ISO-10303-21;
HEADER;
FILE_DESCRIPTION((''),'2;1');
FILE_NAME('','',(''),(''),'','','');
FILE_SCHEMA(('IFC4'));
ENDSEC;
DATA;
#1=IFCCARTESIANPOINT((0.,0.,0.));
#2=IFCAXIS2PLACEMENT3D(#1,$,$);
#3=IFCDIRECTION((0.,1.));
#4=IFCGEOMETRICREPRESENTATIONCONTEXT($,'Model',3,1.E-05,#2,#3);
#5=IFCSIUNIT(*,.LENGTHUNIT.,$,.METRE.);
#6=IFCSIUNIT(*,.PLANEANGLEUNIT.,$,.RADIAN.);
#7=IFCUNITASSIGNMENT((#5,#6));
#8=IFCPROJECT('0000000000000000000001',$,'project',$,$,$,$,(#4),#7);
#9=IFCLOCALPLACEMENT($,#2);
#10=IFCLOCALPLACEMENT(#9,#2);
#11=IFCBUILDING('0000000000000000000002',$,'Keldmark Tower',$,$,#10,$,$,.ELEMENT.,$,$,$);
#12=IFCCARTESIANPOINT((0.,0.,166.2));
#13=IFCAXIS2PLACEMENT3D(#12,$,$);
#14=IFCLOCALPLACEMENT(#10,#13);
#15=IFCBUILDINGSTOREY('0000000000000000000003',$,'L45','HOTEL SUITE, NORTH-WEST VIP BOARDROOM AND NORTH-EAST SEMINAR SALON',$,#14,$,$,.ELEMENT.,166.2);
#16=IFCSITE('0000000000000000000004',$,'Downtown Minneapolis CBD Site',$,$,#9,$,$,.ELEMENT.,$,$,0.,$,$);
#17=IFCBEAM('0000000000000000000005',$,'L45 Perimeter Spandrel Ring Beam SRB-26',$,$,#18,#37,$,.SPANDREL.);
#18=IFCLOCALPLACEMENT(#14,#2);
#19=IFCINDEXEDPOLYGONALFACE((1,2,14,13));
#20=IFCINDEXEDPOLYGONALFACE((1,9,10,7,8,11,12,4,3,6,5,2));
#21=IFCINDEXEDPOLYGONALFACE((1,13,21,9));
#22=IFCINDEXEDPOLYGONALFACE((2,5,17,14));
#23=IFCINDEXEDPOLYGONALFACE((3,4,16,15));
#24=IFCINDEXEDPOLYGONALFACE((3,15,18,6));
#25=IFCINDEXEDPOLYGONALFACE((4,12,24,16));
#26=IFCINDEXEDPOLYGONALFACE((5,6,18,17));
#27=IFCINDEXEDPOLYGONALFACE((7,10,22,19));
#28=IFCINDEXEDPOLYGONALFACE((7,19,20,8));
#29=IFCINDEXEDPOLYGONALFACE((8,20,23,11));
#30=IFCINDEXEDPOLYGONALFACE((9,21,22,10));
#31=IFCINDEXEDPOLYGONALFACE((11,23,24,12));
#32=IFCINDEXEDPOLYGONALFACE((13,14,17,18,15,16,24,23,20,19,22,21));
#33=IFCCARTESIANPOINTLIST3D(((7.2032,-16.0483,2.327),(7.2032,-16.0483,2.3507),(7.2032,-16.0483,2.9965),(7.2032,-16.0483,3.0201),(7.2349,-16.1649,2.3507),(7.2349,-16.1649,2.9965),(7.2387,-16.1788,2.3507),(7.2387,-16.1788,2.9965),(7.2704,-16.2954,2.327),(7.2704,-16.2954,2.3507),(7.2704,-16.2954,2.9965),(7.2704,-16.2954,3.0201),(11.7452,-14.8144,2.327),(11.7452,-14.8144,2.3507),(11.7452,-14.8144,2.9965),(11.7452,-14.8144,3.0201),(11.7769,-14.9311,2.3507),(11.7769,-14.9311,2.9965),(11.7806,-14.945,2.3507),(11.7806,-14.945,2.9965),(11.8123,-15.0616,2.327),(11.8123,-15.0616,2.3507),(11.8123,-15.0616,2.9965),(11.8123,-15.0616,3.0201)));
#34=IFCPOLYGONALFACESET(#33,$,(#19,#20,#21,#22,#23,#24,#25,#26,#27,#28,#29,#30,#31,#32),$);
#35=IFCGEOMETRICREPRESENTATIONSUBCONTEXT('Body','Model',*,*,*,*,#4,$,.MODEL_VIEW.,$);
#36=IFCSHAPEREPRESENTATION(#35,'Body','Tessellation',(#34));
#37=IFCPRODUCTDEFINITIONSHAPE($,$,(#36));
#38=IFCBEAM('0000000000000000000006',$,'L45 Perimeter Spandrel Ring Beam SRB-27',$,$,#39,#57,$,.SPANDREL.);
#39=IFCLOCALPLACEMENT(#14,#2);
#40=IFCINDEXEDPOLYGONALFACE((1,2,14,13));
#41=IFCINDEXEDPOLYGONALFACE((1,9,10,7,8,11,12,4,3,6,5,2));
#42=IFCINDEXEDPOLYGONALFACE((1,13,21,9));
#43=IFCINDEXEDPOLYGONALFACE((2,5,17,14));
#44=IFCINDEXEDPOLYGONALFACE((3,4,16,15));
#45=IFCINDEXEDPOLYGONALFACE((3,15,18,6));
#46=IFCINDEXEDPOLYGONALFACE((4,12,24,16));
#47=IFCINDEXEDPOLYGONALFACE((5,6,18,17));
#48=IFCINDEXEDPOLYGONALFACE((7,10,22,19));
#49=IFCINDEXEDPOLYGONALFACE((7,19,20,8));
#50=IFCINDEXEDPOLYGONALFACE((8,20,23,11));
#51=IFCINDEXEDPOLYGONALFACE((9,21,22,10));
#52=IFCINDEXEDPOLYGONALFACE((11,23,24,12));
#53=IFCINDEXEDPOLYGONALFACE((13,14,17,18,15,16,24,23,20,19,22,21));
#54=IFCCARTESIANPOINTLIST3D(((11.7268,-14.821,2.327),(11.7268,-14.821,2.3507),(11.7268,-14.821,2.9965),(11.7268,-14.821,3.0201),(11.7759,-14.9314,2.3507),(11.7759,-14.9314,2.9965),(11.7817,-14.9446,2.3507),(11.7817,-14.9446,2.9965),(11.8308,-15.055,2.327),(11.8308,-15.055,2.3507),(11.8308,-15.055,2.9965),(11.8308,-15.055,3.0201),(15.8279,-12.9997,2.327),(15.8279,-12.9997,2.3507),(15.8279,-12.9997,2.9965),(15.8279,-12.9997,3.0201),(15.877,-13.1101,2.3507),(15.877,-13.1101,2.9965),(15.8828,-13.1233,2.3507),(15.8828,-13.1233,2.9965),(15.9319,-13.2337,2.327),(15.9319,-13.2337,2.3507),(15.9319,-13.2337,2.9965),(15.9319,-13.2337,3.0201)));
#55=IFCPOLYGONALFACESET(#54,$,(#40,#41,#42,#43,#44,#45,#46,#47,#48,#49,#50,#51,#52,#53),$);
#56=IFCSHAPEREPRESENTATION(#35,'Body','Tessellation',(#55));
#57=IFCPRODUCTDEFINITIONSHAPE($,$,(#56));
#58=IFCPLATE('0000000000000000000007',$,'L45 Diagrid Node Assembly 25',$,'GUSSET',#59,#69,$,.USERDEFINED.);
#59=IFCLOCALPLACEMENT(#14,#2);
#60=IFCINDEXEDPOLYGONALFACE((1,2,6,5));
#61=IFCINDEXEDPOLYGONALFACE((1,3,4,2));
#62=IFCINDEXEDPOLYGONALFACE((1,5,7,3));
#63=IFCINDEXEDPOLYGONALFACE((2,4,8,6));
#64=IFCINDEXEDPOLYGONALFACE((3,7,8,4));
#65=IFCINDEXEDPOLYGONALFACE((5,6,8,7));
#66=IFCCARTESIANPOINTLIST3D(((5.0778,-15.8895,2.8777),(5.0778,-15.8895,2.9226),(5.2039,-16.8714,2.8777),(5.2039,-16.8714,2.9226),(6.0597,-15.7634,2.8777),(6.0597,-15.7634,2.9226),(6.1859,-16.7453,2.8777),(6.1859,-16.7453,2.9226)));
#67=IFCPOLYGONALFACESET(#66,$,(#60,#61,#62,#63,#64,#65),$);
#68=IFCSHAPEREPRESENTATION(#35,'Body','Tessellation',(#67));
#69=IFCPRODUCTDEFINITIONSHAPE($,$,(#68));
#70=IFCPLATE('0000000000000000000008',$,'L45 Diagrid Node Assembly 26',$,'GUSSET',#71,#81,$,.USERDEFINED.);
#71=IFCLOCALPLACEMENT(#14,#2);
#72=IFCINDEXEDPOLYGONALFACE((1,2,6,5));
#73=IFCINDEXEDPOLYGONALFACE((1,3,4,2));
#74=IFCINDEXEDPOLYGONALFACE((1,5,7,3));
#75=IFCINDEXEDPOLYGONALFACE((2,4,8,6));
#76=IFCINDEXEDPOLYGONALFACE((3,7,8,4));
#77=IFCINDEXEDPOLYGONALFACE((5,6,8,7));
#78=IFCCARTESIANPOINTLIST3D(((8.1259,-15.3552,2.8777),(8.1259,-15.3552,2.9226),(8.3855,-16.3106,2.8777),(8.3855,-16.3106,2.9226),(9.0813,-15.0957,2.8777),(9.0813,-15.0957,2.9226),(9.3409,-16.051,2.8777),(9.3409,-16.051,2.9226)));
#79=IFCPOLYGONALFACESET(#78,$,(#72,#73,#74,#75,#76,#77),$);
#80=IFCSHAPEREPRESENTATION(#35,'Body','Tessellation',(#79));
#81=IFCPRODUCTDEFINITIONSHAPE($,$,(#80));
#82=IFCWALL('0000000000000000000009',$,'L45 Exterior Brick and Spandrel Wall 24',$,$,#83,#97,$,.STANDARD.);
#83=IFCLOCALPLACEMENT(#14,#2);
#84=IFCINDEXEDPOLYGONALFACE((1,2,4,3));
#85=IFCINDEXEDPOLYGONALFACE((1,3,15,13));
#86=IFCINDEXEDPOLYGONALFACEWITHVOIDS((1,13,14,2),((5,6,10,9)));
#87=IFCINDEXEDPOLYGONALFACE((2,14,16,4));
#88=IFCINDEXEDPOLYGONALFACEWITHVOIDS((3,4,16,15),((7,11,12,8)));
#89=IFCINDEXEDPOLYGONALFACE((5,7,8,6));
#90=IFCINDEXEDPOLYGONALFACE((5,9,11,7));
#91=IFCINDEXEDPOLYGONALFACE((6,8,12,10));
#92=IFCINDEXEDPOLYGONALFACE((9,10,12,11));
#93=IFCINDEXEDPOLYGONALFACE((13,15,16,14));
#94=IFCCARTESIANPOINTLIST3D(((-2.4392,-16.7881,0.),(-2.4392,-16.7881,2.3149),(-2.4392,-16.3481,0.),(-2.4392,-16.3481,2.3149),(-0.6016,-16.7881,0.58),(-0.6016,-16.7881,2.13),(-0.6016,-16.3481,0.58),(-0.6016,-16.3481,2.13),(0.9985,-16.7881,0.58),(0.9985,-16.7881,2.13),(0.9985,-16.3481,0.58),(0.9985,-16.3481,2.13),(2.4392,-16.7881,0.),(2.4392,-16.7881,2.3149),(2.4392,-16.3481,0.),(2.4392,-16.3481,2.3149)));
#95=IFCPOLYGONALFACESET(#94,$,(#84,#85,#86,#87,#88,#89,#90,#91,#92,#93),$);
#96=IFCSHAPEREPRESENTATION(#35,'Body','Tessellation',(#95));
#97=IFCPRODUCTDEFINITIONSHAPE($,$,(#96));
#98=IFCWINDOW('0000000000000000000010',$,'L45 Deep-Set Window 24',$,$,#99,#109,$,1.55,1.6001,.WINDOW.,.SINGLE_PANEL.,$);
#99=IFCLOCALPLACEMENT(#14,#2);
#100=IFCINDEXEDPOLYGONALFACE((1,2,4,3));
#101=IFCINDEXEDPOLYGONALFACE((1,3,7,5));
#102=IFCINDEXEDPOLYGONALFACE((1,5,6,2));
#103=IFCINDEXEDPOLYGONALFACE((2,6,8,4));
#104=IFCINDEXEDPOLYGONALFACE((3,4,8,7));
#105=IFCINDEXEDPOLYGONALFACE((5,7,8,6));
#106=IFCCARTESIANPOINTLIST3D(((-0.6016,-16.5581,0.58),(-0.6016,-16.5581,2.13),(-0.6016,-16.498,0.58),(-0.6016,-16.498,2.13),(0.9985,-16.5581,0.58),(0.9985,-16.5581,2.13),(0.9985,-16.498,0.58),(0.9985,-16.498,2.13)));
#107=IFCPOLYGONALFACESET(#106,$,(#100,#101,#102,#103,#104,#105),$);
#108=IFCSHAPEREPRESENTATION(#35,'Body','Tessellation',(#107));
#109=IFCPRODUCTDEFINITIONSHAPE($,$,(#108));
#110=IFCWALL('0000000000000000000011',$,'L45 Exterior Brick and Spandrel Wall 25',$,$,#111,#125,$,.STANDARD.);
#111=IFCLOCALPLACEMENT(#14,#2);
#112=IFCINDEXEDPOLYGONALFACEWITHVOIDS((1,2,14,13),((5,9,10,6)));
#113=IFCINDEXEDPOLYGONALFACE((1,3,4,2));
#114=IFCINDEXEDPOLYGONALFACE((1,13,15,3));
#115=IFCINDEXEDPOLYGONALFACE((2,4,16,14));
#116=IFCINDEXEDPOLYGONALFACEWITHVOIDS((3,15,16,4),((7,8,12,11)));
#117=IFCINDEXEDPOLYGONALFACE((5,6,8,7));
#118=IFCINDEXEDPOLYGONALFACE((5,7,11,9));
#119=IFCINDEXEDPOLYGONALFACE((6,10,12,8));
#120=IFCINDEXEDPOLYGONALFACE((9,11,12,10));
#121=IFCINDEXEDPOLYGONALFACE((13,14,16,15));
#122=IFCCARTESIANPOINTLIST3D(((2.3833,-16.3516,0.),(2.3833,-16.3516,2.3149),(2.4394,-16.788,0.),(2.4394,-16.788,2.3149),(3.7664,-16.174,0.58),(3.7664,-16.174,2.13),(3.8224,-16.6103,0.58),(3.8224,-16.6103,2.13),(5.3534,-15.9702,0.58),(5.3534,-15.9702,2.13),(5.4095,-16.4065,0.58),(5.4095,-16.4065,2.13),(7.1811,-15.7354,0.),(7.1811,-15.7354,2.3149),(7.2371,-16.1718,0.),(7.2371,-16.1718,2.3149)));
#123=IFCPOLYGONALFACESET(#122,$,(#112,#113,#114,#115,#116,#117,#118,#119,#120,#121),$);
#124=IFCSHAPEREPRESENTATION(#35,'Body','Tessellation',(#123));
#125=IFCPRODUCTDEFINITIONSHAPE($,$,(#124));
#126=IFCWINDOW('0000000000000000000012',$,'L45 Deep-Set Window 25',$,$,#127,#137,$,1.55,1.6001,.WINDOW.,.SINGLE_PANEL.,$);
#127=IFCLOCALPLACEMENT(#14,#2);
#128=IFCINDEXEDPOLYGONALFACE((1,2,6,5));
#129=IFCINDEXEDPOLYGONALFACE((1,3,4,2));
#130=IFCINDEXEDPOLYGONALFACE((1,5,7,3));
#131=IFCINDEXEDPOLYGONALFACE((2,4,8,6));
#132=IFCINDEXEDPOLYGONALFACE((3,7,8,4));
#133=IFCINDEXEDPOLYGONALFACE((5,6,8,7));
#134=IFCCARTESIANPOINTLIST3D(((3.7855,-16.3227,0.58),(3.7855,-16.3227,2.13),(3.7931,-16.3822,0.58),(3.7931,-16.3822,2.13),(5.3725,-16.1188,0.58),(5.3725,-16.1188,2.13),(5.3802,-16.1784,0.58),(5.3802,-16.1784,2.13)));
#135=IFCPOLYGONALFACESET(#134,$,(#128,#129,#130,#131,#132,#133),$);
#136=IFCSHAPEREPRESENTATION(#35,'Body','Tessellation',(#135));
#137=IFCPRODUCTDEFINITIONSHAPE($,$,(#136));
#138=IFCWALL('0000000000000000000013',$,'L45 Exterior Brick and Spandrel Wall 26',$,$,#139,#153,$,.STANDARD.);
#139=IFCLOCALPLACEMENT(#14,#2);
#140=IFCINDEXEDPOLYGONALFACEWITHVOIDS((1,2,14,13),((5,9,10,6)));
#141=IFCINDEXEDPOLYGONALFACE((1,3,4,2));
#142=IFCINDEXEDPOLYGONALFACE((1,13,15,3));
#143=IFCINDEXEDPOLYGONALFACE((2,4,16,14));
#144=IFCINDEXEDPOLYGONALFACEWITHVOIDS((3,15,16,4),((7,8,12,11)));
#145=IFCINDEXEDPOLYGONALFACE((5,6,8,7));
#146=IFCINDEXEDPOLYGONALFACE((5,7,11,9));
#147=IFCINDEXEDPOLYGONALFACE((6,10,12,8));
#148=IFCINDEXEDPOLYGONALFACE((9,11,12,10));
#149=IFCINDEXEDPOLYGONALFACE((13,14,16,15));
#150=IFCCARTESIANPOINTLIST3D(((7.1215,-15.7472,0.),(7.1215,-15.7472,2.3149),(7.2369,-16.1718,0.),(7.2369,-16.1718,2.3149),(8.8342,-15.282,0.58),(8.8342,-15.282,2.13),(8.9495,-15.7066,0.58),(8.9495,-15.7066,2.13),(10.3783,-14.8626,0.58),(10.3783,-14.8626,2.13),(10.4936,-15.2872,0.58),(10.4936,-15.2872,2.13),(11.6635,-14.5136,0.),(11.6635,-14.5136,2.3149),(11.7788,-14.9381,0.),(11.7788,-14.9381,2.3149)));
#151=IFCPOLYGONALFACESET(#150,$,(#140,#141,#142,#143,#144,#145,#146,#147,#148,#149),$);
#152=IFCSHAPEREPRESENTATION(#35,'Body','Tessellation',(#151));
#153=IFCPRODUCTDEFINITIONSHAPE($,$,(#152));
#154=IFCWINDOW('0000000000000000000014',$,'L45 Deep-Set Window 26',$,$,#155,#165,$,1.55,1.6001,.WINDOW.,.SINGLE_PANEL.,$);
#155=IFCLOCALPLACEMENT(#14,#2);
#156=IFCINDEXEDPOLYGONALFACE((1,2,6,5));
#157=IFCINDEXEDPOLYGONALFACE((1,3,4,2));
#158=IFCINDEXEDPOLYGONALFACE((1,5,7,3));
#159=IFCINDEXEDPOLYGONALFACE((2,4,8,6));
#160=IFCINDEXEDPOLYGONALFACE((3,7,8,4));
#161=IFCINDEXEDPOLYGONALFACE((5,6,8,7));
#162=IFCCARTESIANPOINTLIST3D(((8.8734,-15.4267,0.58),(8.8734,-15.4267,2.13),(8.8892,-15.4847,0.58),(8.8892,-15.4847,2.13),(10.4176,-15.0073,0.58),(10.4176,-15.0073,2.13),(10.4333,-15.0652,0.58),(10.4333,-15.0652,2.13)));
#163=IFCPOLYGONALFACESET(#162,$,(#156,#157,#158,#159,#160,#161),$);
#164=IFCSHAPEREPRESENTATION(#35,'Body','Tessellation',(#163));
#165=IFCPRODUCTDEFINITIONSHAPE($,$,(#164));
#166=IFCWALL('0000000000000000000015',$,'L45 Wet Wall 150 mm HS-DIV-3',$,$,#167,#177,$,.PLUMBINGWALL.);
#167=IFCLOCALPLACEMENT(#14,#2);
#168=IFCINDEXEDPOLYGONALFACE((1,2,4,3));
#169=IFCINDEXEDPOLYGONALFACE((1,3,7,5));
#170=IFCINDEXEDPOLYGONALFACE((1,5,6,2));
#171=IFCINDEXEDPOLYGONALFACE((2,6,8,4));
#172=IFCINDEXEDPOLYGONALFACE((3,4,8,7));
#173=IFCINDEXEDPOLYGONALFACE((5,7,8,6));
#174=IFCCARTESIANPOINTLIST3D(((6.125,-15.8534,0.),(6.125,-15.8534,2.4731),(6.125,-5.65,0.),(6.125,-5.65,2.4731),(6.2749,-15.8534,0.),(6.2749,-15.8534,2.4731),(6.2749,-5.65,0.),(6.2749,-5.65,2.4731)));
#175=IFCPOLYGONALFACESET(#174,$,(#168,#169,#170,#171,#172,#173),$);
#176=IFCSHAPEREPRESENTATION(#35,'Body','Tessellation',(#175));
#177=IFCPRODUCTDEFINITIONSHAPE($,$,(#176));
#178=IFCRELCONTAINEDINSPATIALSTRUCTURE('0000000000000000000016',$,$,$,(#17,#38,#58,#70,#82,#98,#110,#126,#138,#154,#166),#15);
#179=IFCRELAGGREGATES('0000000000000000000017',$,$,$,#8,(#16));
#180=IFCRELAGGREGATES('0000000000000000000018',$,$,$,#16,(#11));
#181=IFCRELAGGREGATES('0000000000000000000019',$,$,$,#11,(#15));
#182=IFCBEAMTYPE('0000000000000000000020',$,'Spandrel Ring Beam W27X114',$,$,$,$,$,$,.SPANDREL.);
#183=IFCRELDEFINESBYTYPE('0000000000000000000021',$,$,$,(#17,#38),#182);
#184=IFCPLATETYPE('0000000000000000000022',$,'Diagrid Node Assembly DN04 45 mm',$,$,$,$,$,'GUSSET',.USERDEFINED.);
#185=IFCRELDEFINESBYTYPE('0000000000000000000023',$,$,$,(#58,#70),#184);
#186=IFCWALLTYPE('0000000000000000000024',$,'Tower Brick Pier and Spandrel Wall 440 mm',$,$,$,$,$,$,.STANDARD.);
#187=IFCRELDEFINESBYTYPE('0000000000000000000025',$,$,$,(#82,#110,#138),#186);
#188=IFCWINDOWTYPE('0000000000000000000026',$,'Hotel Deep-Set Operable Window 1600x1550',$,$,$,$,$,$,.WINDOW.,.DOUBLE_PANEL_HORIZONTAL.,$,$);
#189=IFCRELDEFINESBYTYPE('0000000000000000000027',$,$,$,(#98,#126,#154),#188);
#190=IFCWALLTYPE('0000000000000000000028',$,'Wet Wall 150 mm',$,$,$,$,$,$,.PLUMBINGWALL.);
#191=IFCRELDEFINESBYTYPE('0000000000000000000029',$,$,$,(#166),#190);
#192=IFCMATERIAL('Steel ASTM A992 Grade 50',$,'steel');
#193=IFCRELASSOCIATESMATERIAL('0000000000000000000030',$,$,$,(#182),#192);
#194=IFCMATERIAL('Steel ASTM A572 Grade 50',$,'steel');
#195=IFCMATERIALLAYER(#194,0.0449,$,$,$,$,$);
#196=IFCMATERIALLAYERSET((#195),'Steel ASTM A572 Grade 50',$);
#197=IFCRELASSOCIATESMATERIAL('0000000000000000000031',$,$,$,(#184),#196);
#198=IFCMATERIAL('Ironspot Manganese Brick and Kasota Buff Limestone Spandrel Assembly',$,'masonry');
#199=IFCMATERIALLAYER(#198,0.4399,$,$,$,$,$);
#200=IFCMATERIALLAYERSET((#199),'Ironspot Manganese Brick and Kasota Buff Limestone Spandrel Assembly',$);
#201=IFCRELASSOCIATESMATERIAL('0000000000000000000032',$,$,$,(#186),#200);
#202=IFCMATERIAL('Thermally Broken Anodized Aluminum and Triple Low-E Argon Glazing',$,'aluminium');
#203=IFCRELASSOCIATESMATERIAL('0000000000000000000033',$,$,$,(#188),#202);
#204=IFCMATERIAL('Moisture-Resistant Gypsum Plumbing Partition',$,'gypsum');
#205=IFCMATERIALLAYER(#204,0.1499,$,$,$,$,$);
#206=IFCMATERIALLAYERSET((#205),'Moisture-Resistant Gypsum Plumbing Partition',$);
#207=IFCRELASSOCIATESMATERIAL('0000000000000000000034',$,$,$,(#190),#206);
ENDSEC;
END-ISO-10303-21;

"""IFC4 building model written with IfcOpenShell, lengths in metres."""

from ifc_helpers import new_model, si_unit, direction, frame, frame_2d, origin, origin_2d, place, context, subcontext, project, spatial, rectangle, i_section, extrude, material, layer, layer_set, material_profile, profile_set, type_object, element, fill, save


model = new_model("IFC4")

# Units and contexts
model_context = context("Model", 3, precision=1e-05, world=origin(), true_north=direction((0.0, 1.0)))
body_context = subcontext(model_context, "Body", "Model", "MODEL_VIEW")
ifc_project = project(units=[si_unit("LENGTHUNIT", "METRE"), si_unit("PLANEANGLEUNIT", "RADIAN")], contexts=[model_context])

# Site, building, storey
site_placement = place(None, origin())
site = spatial("IfcSite", under=ifc_project, at=site_placement, Name="Downtown Minneapolis CBD Site", CompositionType="ELEMENT", RefElevation=0.0)
building_placement = place(site_placement, origin())
building = spatial("IfcBuilding", under=site, at=building_placement, Name="Keldmark Tower", CompositionType="ELEMENT")
storey_placement = place(building_placement, frame((0.0, 0.0, 166.2)))
storey = spatial("IfcBuildingStorey", under=building, at=storey_placement, Name="L45", Description="HOTEL SUITE, NORTH-WEST VIP BOARDROOM AND NORTH-EAST SEMINAR SALON", CompositionType="ELEMENT", Elevation=166.2)

# Beams
ifc_material_1 = material(Name="Steel ASTM A992 Grade 50", Category="steel")
ifc_material_profile_1 = material_profile(ifc_material_1, i_section(OverallWidth=0.2561, OverallDepth=0.6931, WebThickness=0.0144, FlangeThickness=0.0237, at=origin_2d()), Name="W27X114")
ifc_profile_set_1 = profile_set([ifc_material_profile_1], Name="Steel ASTM A992 Grade 50")
beam_type_1 = type_object("IfcBeamType", Name="Spandrel Ring Beam W27X114", PredefinedType="SPANDREL", material=ifc_profile_set_1)
beam_1_placement = place(storey_placement, frame((7.2368, -16.1719, 2.6736), z_axis=(0.965024, 0.26216, 0.0), x_axis=(-0.26216, 0.965024, 0.0)))
element("IfcBeam", 1, at=beam_1_placement, inside=storey, type_object=beam_type_1, Name="L45 Perimeter Spandrel Ring Beam SRB-26", PredefinedType="SPANDREL", context=body_context, shape_type="SweptSolid", body=[
    extrude(i_section(OverallWidth=0.2561, OverallDepth=0.6931, WebThickness=0.0144, FlangeThickness=0.0237, at=origin_2d()), origin(), (0.0, 0.0, 1.0), 4.7065),
])
beam_2_placement = place(storey_placement, frame((11.7788, -14.938, 2.6736), z_axis=(0.913928, 0.405876, 0.0), x_axis=(-0.405876, 0.913928, 0.0)))
element("IfcBeam", 2, at=beam_2_placement, inside=storey, type_object=beam_type_1, Name="L45 Perimeter Spandrel Ring Beam SRB-27", PredefinedType="SPANDREL", context=body_context, shape_type="SweptSolid", body=[
    extrude(i_section(OverallWidth=0.2561, OverallDepth=0.6931, WebThickness=0.0144, FlangeThickness=0.0237, at=origin_2d()), origin(), (0.0, 0.0, 1.0), 4.4873),
])

# Plates
ifc_material_2 = material(Name="Steel ASTM A572 Grade 50", Category="steel")
ifc_layer_1 = layer(ifc_material_2, 0.0449)
ifc_layer_set_1 = layer_set([ifc_layer_1], Name="Steel ASTM A572 Grade 50")
plate_type = type_object("IfcPlateType", Name="Diagrid Node Assembly DN04 45 mm", ElementType="GUSSET", PredefinedType="USERDEFINED", material=ifc_layer_set_1)
for number, where, z_axis, x_axis, name in (
    (3, (5.6318, -16.3174, 2.8777), (0.0, 0.0, 1.0), (0.99185, 0.127411, 0.0), "L45 Diagrid Node Assembly 25"),
    (4, (8.7334, -15.7031, 2.8777), (0.0, 0.0, 1.0), (0.965016, 0.262189, 0.0), "L45 Diagrid Node Assembly 26"),
):
    element("IfcPlate", number, at=place(storey_placement, frame(where, z_axis=z_axis, x_axis=x_axis)), inside=storey, type_object=plate_type, Name=name, ObjectType="GUSSET", PredefinedType="USERDEFINED", context=body_context, shape_type="SweptSolid", body=[
        extrude(rectangle(XDim=0.99, YDim=0.99, at=origin_2d()), origin(), (0.0, 0.0, 1.0), 0.0449),
    ])

# Walls, openings, windows
ifc_material_3 = material(Name="Ironspot Manganese Brick and Kasota Buff Limestone Spandrel Assembly", Category="masonry")
ifc_layer_2 = layer(ifc_material_3, 0.4399)
ifc_layer_set_2 = layer_set([ifc_layer_2], Name="Ironspot Manganese Brick and Kasota Buff Limestone Spandrel Assembly")
wall_type_1 = type_object("IfcWallType", Name="Tower Brick Pier and Spandrel Wall 440 mm", PredefinedType="STANDARD", material=ifc_layer_set_2)
wall_1_placement = place(storey_placement, frame((2.4392, -16.5681, 0.0), z_axis=(0.0, 0.0, 1.0), x_axis=(-1.0, 0.0, 0.0)))
wall_1 = element("IfcWall", 5, at=wall_1_placement, inside=storey, type_object=wall_type_1, Name="L45 Exterior Brick and Spandrel Wall 24", PredefinedType="STANDARD", context=body_context, shape_type="SweptSolid", body=[
    extrude(rectangle(XDim=4.8784, YDim=0.4399, at=frame_2d((2.4392, 0.0))), origin(), (0.0, 0.0, 1.0), 2.3149),
])
opening_1_placement = place(wall_1_placement, frame((1.4407, 0.0, 0.5801)))
opening_1 = element("IfcOpeningElement", 6, at=opening_1_placement, cuts=wall_1, PredefinedType="OPENING", context=body_context, shape_type="SweptSolid", body=[
    extrude(rectangle(XDim=1.6001, YDim=1.55, at=frame_2d((0.8, 0.7749))), frame((0.0, 0.23, 0.0), z_axis=(0.0, -1.0, 0.0), x_axis=(1.0, 0.0, 0.0)), (0.0, 0.0, 1.0), 0.46),
])
ifc_material_4 = material(Name="Thermally Broken Anodized Aluminum and Triple Low-E Argon Glazing", Category="aluminium")
window_type = type_object("IfcWindowType", Name="Hotel Deep-Set Operable Window 1600x1550", PartitioningType="DOUBLE_PANEL_HORIZONTAL", PredefinedType="WINDOW", material=ifc_material_4)
window_1_placement = place(opening_1_placement, origin())
window_1 = element("IfcWindow", 7, at=window_1_placement, inside=storey, type_object=window_type, Name="L45 Deep-Set Window 24", OverallHeight=1.55, OverallWidth=1.6001, PartitioningType="SINGLE_PANEL", PredefinedType="WINDOW", context=body_context, shape_type="SweptSolid", body=[
    extrude(rectangle(XDim=1.6001, YDim=1.55, at=frame_2d((0.8, 0.7749))), frame((0.0, -0.01, 0.0), z_axis=(0.0, -1.0, 0.0), x_axis=(1.0, 0.0, 0.0)), (0.0, 0.0, 1.0), 0.0601),
])
fill(opening_1, window_1)
wall_2_placement = place(storey_placement, frame((7.209, -15.9536, 0.0), z_axis=(0.0, 0.0, 1.0), x_axis=(-0.991853, -0.127388, 0.0)))
wall_2 = element("IfcWall", 8, at=wall_2_placement, inside=storey, type_object=wall_type_1, Name="L45 Exterior Brick and Spandrel Wall 25", PredefinedType="STANDARD", context=body_context, shape_type="SweptSolid", body=[
    extrude(rectangle(XDim=4.8372, YDim=0.4399, at=frame_2d((2.4185, 0.0))), origin(), (0.0, 0.0, 1.0), 2.3149),
])
opening_2_placement = place(wall_2_placement, frame((1.8425, 0.0, 0.5801)))
opening_2 = element("IfcOpeningElement", 9, at=opening_2_placement, cuts=wall_2, PredefinedType="OPENING", context=body_context, shape_type="SweptSolid", body=[
    extrude(rectangle(XDim=1.6001, YDim=1.55, at=frame_2d((0.8, 0.7749))), frame((0.0, 0.23, 0.0), z_axis=(0.0, -1.0, 0.0), x_axis=(1.0, 0.0, 0.0)), (0.0, 0.0, 1.0), 0.46),
])
window_2_placement = place(opening_2_placement, origin())
window_2 = element("IfcWindow", 10, at=window_2_placement, inside=storey, type_object=window_type, Name="L45 Deep-Set Window 25", OverallHeight=1.55, OverallWidth=1.6001, PartitioningType="SINGLE_PANEL", PredefinedType="WINDOW", context=body_context, shape_type="SweptSolid", body=[
    extrude(rectangle(XDim=1.6001, YDim=1.55, at=frame_2d((0.8, 0.7749))), frame((0.0, -0.01, 0.0), z_axis=(0.0, -1.0, 0.0), x_axis=(1.0, 0.0, 0.0)), (0.0, 0.0, 1.0), 0.0601),
])
fill(opening_2, window_2)
wall_3_placement = place(storey_placement, frame((11.7212, -14.7258, 0.0), z_axis=(0.0, 0.0, 1.0), x_axis=(-0.965037, -0.262112, 0.0)))
wall_3 = element("IfcWall", 11, at=wall_3_placement, inside=storey, type_object=wall_type_1, Name="L45 Exterior Brick and Spandrel Wall 26", PredefinedType="STANDARD", context=body_context, shape_type="SweptSolid", body=[
    extrude(rectangle(XDim=4.7065, YDim=0.4399, at=frame_2d((2.3533, 0.0))), origin(), (0.0, 0.0, 1.0), 2.3149),
])
opening_3_placement = place(wall_3_placement, frame((1.3318, 0.0, 0.5801)))
opening_3 = element("IfcOpeningElement", 12, at=opening_3_placement, cuts=wall_3, PredefinedType="OPENING", context=body_context, shape_type="SweptSolid", body=[
    extrude(rectangle(XDim=1.6001, YDim=1.55, at=frame_2d((0.8, 0.7749))), frame((0.0, 0.23, 0.0), z_axis=(0.0, -1.0, 0.0), x_axis=(1.0, 0.0, 0.0)), (0.0, 0.0, 1.0), 0.46),
])
window_3_placement = place(opening_3_placement, origin())
window_3 = element("IfcWindow", 13, at=window_3_placement, inside=storey, type_object=window_type, Name="L45 Deep-Set Window 26", OverallHeight=1.55, OverallWidth=1.6001, PartitioningType="SINGLE_PANEL", PredefinedType="WINDOW", context=body_context, shape_type="SweptSolid", body=[
    extrude(rectangle(XDim=1.6001, YDim=1.55, at=frame_2d((0.8, 0.7749))), frame((0.0, -0.01, 0.0), z_axis=(0.0, -1.0, 0.0), x_axis=(1.0, 0.0, 0.0)), (0.0, 0.0, 1.0), 0.0601),
])
fill(opening_3, window_3)

# Wall
ifc_material_5 = material(Name="Moisture-Resistant Gypsum Plumbing Partition", Category="gypsum")
ifc_layer_3 = layer(ifc_material_5, 0.1499)
ifc_layer_set_3 = layer_set([ifc_layer_3], Name="Moisture-Resistant Gypsum Plumbing Partition")
wall_type_2 = type_object("IfcWallType", Name="Wet Wall 150 mm", PredefinedType="PLUMBINGWALL", material=ifc_layer_set_3)
wall_4_placement = place(storey_placement, frame((6.2, -15.8533, 0.0), z_axis=(0.0, 0.0, 1.0), x_axis=(0.0, 1.0, 0.0)))
element("IfcWall", 14, at=wall_4_placement, inside=storey, type_object=wall_type_2, Name="L45 Wet Wall 150 mm HS-DIV-3", PredefinedType="PLUMBINGWALL", context=body_context, shape_type="SweptSolid", body=[
    extrude(rectangle(XDim=10.2034, YDim=0.1499, at=frame_2d((5.1016, 0.0))), origin(), (0.0, 0.0, 1.0), 2.4731),
])

save(model, "model.ifc")
